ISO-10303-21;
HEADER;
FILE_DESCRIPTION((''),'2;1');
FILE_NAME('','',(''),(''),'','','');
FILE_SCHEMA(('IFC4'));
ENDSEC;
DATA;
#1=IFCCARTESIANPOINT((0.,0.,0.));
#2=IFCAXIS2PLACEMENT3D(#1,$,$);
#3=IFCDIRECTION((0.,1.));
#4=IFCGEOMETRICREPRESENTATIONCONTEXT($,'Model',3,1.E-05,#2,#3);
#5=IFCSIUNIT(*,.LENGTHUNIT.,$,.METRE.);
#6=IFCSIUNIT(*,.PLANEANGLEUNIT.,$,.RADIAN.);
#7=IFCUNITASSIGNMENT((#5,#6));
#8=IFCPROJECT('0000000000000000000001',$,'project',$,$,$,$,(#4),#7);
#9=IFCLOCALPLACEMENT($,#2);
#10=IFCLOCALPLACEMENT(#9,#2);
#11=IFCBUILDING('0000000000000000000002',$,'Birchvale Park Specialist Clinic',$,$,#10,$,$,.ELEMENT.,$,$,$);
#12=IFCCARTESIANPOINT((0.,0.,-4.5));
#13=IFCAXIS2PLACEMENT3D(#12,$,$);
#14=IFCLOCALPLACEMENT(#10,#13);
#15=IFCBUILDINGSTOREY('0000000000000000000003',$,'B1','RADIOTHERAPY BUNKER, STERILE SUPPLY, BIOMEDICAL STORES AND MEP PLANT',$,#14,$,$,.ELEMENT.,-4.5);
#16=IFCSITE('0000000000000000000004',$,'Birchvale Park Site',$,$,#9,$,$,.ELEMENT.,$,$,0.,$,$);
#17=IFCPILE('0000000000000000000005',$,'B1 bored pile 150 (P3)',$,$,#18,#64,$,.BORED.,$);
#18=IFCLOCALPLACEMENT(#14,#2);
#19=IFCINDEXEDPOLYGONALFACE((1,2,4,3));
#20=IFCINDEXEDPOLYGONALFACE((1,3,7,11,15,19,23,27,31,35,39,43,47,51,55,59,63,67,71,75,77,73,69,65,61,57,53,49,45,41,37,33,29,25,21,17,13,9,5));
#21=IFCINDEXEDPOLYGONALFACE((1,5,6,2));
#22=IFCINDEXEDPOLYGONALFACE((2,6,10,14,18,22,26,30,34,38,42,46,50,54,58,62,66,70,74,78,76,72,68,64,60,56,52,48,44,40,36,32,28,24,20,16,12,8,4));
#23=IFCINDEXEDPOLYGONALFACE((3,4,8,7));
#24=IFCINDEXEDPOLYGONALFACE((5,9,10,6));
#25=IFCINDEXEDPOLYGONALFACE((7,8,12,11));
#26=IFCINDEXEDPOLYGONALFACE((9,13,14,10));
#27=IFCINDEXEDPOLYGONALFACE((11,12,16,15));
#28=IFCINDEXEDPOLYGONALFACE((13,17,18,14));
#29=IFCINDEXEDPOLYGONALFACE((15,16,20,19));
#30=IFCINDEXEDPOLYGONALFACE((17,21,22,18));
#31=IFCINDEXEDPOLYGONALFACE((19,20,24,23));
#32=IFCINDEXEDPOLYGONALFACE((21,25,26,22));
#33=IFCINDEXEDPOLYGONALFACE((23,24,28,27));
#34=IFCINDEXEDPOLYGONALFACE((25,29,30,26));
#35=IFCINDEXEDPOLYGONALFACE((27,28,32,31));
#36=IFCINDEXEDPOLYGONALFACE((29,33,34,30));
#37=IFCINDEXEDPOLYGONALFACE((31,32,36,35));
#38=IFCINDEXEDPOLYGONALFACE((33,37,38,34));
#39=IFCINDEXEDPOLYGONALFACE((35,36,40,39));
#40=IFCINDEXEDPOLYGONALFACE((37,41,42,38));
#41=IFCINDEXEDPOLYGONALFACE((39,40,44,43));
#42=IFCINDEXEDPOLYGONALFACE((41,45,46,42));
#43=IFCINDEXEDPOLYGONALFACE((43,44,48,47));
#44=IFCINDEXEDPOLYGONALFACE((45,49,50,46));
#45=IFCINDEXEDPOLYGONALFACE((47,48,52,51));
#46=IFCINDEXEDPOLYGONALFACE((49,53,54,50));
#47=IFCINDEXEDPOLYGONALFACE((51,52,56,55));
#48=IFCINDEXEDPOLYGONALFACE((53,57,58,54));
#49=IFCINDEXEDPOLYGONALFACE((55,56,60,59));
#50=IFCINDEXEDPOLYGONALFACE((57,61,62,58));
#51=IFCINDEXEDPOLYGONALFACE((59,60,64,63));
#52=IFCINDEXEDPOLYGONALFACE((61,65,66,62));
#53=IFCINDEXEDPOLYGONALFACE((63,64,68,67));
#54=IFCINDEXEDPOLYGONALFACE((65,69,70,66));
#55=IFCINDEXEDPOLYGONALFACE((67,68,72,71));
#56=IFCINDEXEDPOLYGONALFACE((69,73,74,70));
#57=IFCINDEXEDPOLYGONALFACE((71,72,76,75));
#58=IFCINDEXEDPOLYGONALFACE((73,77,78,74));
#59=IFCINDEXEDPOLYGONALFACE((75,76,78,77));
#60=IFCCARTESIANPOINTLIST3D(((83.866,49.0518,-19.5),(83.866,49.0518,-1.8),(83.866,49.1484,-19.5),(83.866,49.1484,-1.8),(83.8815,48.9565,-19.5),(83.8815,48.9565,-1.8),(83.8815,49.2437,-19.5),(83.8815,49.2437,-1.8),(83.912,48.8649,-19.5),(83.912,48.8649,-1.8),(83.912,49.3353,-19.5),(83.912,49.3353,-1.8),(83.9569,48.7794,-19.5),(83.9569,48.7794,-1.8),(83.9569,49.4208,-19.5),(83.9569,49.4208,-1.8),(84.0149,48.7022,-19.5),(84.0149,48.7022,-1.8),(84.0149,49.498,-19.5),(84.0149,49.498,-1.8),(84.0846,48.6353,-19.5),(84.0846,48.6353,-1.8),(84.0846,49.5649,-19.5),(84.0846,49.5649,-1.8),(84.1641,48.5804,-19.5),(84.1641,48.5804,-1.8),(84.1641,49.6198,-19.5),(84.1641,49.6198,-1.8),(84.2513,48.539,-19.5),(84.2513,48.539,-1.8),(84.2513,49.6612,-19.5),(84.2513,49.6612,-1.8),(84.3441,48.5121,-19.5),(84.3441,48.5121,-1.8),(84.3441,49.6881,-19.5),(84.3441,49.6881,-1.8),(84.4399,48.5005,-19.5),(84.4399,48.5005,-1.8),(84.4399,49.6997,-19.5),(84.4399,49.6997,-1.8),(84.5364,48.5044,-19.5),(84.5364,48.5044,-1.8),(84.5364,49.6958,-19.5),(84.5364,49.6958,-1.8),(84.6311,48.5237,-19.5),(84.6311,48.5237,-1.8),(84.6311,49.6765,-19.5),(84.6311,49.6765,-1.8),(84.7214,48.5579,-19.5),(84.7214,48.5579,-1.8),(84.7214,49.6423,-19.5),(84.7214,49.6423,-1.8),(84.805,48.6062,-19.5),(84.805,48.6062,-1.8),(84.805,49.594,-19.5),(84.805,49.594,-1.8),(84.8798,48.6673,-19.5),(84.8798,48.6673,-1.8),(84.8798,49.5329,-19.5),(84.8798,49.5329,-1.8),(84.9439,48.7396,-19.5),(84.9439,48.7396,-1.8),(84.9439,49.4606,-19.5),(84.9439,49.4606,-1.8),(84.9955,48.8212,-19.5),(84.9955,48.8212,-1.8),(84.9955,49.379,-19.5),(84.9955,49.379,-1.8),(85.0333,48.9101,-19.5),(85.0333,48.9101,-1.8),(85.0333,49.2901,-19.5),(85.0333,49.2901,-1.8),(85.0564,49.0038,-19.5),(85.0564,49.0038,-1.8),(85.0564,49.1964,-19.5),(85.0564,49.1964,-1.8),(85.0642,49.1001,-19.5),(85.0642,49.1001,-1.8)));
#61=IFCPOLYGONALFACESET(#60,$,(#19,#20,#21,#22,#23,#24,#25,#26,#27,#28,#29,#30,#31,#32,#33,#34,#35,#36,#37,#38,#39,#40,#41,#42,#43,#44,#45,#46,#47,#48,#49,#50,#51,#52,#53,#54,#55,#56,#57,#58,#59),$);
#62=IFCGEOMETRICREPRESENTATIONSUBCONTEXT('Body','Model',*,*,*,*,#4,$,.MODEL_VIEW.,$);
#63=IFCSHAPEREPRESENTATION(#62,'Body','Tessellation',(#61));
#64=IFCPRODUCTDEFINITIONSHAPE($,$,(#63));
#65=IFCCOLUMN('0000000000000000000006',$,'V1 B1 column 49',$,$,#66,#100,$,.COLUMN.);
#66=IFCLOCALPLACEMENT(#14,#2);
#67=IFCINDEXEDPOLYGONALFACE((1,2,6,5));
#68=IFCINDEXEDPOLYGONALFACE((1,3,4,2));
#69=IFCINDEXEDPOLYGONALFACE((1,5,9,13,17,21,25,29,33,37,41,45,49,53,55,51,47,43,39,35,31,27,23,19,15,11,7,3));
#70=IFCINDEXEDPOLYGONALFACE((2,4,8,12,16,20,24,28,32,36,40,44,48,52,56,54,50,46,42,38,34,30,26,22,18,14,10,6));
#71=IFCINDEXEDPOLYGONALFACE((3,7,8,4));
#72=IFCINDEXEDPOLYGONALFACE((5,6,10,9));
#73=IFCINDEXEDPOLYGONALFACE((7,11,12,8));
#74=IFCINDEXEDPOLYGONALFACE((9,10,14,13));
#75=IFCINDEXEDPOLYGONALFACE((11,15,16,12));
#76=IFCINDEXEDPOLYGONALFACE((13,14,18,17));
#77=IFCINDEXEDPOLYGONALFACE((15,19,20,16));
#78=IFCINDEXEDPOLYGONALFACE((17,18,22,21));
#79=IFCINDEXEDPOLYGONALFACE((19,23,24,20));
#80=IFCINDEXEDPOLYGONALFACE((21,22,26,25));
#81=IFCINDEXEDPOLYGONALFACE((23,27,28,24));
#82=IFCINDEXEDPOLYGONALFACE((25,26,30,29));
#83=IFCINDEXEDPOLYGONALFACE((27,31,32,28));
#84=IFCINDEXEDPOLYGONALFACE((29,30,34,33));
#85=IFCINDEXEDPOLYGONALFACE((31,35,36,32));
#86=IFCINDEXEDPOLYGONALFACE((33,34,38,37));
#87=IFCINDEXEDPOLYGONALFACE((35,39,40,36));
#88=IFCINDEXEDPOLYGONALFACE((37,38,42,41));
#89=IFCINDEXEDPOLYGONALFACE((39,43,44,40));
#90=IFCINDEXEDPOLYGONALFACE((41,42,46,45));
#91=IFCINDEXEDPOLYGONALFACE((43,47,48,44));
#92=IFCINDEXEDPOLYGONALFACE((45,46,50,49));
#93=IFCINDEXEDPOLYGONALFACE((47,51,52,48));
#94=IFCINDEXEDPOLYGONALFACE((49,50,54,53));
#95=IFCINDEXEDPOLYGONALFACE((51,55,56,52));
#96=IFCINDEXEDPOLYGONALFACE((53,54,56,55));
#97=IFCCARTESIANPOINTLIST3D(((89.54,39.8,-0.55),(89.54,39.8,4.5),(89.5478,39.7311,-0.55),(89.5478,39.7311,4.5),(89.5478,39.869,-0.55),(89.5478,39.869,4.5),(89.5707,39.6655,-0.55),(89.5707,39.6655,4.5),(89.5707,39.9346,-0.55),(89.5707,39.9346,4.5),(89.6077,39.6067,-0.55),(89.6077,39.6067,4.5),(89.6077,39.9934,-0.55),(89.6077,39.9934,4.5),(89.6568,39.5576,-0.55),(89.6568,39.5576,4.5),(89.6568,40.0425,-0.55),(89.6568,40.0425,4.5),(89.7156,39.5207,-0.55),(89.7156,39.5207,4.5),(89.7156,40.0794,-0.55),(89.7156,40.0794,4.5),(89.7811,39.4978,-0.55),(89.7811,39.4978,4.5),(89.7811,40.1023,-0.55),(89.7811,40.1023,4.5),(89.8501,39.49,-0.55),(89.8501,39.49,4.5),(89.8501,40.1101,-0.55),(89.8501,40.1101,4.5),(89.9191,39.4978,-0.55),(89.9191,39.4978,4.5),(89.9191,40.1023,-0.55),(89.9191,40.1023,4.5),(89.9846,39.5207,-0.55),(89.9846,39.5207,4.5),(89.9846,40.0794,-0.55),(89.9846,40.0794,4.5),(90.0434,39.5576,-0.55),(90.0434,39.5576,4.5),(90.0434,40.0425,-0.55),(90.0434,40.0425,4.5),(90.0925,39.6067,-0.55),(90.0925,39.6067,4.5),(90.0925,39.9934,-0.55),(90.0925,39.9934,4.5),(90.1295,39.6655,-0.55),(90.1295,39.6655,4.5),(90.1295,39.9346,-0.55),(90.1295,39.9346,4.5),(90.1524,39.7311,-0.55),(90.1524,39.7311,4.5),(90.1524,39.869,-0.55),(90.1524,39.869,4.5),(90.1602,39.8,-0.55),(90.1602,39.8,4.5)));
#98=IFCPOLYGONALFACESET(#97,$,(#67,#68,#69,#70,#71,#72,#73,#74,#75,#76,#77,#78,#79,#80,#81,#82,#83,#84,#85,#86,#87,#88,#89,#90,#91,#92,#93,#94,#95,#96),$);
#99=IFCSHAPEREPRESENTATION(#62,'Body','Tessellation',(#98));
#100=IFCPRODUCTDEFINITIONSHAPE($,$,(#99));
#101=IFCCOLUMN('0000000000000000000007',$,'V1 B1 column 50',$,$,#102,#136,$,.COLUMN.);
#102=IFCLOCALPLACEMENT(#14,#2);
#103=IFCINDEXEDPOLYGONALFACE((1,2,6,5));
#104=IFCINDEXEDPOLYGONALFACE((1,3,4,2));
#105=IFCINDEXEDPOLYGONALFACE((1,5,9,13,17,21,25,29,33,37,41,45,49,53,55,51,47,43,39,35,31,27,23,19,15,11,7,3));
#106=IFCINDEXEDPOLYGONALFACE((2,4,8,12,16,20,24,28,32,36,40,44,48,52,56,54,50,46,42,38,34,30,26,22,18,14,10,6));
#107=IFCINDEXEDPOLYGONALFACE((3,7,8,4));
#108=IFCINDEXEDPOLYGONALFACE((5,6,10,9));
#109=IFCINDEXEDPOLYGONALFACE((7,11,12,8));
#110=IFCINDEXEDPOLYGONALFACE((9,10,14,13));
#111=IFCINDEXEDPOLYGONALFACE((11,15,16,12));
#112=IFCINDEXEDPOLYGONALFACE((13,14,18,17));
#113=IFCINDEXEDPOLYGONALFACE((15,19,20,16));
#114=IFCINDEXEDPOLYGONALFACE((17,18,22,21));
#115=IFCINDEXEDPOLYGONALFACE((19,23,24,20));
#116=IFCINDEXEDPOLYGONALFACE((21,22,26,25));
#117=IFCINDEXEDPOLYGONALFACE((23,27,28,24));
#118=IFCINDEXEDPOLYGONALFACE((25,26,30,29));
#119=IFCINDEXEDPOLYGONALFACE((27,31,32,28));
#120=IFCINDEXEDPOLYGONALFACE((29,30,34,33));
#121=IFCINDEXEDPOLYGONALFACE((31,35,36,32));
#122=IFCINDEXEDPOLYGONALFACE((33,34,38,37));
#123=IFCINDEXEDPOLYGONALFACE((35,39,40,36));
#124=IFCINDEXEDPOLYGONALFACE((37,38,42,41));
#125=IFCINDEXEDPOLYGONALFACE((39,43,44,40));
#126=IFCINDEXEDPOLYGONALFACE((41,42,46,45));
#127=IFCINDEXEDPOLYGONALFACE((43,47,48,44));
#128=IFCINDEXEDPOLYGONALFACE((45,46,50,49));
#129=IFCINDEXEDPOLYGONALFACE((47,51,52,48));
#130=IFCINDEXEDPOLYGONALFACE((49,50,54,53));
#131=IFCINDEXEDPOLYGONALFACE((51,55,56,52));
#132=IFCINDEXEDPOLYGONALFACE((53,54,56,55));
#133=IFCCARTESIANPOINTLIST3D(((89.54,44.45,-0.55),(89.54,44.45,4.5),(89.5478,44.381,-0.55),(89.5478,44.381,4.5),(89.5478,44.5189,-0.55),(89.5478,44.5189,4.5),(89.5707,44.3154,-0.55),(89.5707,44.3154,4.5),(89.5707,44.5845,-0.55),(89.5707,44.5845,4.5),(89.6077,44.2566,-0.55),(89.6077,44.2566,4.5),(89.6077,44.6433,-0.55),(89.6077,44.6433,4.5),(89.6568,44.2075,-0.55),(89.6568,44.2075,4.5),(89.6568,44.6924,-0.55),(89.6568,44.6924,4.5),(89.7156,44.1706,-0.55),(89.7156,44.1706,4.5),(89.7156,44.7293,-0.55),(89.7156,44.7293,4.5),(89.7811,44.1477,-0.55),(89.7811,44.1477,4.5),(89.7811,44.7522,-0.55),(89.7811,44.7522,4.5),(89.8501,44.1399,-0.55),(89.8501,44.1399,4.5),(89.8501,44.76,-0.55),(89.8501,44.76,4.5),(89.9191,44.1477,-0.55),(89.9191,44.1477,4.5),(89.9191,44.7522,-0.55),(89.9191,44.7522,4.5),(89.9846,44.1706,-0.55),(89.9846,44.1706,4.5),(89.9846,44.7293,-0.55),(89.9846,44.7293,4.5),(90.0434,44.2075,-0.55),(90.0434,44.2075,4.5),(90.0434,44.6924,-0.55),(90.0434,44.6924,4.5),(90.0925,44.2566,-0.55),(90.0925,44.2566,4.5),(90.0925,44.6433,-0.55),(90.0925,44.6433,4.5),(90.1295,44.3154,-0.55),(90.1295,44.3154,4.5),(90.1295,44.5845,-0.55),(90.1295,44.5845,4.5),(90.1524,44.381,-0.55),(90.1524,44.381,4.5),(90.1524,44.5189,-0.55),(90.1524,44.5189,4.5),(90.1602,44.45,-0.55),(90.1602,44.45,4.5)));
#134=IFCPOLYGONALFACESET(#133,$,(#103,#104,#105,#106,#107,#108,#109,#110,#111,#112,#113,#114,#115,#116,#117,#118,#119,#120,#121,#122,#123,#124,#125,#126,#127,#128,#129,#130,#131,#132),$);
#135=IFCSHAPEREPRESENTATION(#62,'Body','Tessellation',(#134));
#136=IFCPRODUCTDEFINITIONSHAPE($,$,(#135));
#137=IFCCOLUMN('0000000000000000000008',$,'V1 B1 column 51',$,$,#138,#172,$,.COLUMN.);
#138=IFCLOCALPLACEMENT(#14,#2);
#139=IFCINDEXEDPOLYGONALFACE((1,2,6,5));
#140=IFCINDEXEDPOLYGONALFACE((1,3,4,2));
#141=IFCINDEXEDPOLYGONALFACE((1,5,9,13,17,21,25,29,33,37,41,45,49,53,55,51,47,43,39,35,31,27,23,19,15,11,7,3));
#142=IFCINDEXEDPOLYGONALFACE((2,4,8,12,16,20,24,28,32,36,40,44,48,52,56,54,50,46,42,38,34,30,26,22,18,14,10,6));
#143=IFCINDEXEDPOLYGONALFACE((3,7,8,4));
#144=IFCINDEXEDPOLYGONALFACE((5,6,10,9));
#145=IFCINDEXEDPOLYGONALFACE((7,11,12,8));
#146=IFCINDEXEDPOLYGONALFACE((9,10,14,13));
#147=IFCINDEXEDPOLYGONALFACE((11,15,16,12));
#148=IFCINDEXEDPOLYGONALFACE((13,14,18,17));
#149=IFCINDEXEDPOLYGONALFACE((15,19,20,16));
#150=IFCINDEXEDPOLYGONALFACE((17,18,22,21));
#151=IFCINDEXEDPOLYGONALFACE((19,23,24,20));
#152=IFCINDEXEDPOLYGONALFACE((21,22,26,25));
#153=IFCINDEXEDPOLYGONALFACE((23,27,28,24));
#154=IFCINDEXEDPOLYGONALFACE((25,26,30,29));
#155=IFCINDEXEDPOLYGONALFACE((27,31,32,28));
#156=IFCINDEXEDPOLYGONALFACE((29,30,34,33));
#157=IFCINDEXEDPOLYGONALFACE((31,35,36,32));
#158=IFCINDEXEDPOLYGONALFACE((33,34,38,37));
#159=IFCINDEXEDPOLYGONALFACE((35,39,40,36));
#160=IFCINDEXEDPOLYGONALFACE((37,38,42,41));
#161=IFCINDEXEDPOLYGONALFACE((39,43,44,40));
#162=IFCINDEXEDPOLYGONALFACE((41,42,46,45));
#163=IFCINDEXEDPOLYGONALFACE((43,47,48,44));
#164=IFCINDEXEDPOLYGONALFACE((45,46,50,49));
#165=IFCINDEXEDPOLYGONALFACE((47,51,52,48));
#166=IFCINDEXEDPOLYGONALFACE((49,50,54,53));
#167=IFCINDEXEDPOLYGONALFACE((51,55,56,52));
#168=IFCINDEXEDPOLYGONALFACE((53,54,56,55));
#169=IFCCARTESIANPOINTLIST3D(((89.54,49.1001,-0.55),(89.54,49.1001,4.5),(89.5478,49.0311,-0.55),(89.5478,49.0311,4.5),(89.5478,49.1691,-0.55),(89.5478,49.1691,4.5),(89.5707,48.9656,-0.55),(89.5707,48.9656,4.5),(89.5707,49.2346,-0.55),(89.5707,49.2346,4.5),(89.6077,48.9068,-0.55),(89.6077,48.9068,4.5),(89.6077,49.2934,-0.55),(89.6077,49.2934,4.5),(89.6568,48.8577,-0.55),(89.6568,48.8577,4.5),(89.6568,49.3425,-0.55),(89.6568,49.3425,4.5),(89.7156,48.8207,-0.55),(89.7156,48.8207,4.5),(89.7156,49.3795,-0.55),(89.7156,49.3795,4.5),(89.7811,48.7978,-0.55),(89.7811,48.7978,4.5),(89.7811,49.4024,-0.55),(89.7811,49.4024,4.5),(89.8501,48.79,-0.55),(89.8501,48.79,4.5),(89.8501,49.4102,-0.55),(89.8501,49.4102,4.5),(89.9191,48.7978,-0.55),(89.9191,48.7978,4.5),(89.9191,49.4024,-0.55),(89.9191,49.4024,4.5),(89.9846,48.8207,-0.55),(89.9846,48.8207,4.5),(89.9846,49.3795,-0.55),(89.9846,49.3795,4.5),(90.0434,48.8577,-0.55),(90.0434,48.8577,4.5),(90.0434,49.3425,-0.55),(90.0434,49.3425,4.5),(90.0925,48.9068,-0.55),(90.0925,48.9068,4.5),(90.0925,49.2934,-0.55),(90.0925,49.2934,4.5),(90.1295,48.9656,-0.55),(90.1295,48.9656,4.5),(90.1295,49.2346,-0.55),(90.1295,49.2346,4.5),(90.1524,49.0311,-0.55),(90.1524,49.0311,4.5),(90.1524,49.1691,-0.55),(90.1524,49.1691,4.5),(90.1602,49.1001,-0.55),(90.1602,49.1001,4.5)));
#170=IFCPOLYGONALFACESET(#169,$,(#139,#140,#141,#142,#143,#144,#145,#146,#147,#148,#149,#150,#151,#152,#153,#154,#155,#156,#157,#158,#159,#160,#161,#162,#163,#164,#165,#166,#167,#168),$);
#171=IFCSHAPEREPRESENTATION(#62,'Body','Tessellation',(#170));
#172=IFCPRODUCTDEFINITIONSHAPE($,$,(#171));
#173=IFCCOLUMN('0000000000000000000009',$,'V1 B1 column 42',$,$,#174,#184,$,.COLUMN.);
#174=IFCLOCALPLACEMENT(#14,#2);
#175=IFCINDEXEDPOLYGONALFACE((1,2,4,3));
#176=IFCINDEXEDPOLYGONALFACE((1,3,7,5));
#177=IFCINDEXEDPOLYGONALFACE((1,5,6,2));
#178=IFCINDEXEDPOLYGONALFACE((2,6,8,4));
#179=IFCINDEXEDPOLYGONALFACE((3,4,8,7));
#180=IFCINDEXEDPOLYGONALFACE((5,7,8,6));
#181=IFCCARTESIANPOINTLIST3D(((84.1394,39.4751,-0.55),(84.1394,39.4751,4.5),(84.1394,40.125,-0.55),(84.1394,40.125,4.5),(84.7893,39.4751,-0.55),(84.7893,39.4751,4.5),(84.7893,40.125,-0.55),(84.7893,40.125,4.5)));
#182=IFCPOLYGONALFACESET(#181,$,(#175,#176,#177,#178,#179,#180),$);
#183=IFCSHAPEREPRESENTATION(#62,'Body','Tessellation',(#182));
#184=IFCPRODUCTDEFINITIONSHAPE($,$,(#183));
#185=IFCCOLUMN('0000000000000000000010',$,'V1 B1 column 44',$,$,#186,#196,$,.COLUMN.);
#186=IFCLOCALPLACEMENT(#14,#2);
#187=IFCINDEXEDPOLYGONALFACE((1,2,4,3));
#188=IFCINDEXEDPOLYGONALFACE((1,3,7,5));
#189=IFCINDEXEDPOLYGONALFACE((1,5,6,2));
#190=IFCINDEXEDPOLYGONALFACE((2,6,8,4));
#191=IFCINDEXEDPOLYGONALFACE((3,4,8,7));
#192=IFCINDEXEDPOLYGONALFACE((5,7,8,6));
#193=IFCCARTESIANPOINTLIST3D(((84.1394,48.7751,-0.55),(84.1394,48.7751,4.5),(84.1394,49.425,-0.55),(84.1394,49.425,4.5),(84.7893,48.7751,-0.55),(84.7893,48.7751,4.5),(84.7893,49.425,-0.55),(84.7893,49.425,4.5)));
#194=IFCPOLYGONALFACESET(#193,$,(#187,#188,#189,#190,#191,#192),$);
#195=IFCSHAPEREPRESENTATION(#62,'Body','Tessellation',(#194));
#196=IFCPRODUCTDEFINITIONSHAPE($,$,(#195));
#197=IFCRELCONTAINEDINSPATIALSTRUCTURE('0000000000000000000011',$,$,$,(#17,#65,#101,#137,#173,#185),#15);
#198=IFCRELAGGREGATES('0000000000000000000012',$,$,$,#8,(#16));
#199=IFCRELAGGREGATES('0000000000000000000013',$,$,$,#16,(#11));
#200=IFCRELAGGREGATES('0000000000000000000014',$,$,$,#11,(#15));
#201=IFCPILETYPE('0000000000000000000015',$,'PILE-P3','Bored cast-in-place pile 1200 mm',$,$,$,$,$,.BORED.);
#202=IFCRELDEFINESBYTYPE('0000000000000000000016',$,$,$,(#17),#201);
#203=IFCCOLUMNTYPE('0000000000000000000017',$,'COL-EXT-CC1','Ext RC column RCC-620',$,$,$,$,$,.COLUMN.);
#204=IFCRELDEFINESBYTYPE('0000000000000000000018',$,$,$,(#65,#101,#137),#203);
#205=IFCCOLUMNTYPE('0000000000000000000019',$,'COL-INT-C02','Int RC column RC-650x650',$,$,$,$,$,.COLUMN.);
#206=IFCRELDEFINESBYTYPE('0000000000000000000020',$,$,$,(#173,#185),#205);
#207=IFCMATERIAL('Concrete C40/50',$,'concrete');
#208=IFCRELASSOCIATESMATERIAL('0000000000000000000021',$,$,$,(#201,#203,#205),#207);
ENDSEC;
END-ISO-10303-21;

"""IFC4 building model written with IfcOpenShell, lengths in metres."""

from ifc_helpers import new_model, si_unit, direction, frame, origin, origin_2d, place, context, subcontext, project, spatial, rectangle, circle, extrude, material, material_profile, profile_set, type_object, element, save


model = new_model("IFC4")

# Units and contexts
model_context = context("Model", 3, precision=1e-05, world=origin(), true_north=direction((0.0, 1.0)))
body_context = subcontext(model_context, "Body", "Model", "MODEL_VIEW")
ifc_project = project(units=[si_unit("LENGTHUNIT", "METRE"), si_unit("PLANEANGLEUNIT", "RADIAN")], contexts=[model_context])

# Site, building, storey
site_placement = place(None, origin())
site = spatial("IfcSite", under=ifc_project, at=site_placement, Name="Birchvale Park Site", CompositionType="ELEMENT", RefElevation=0.0)
building_placement = place(site_placement, origin())
building = spatial("IfcBuilding", under=site, at=building_placement, Name="Birchvale Park Specialist Clinic", CompositionType="ELEMENT")
storey_placement = place(building_placement, frame((0.0, 0.0, -4.5)))
storey = spatial("IfcBuildingStorey", under=building, at=storey_placement, Name="B1", Description="RADIOTHERAPY BUNKER, STERILE SUPPLY, BIOMEDICAL STORES AND MEP PLANT", CompositionType="ELEMENT", Elevation=-4.5)

# Shared definitions
ifc_material = material(Name="Concrete C40/50", Category="concrete")

# Pile
ifc_material_profile_1 = material_profile(ifc_material, circle(Radius=0.6001, at=origin_2d()), Name="PILE-1200")
ifc_profile_set_1 = profile_set([ifc_material_profile_1], Name="Concrete C40/50")
pile_type_1 = type_object("IfcPileType", Name="PILE-P3", Description="Bored cast-in-place pile 1200 mm", PredefinedType="BORED", material=ifc_profile_set_1)
for number, where, z_axis, x_axis, name in (
    (1, (84.4641, 49.1001, -1.8), (0.0, 0.0, -1.0), (1.0, 0.0, 0.0), "B1 bored pile 150 (P3)"),
):
    element("IfcPile", number, at=place(storey_placement, frame(where, z_axis=z_axis, x_axis=x_axis)), inside=storey, type_object=pile_type_1, Name=name, PredefinedType="BORED", context=body_context, shape_type="SweptSolid", body=[
        extrude(circle(Radius=0.6001, at=origin_2d()), origin(), (0.0, 0.0, 1.0), 17.7),
    ])

# Columns
ifc_material_profile_2 = material_profile(ifc_material, circle(Radius=0.3101, at=origin_2d()), Name="RCC-620")
ifc_profile_set_2 = profile_set([ifc_material_profile_2], Name="Concrete C40/50")
column_type_1 = type_object("IfcColumnType", Name="COL-EXT-CC1", Description="Ext RC column RCC-620", PredefinedType="COLUMN", material=ifc_profile_set_2)
for number, where, z_axis, x_axis, name in (
    (2, (89.8501, 39.8, -0.55), (0.0, 0.0, 1.0), (1.0, 0.0, 0.0), "V1 B1 column 49"),
    (3, (89.8501, 44.45, -0.55), (0.0, 0.0, 1.0), (1.0, 0.0, 0.0), "V1 B1 column 50"),
    (4, (89.8501, 49.1001, -0.55), (0.0, 0.0, 1.0), (1.0, 0.0, 0.0), "V1 B1 column 51"),
):
    element("IfcColumn", number, at=place(storey_placement, frame(where, z_axis=z_axis, x_axis=x_axis)), inside=storey, type_object=column_type_1, Name=name, PredefinedType="COLUMN", context=body_context, shape_type="SweptSolid", body=[
        extrude(circle(Radius=0.3101, at=origin_2d()), origin(), (0.0, 0.0, 1.0), 5.05),
    ])
ifc_material_profile_3 = material_profile(ifc_material, rectangle(XDim=0.6499, YDim=0.6499, at=origin_2d()), Name="RC-650x650")
ifc_profile_set_3 = profile_set([ifc_material_profile_3], Name="Concrete C40/50")
column_type_2 = type_object("IfcColumnType", Name="COL-INT-C02", Description="Int RC column RC-650x650", PredefinedType="COLUMN", material=ifc_profile_set_3)
for number, where, z_axis, x_axis, name in (
    (5, (84.4644, 39.8, -0.55), (0.0, 0.0, 1.0), (1.0, 0.0, 0.0), "V1 B1 column 42"),
    (6, (84.4644, 49.1001, -0.55), (0.0, 0.0, 1.0), (1.0, 0.0, 0.0), "V1 B1 column 44"),
):
    element("IfcColumn", number, at=place(storey_placement, frame(where, z_axis=z_axis, x_axis=x_axis)), inside=storey, type_object=column_type_2, Name=name, PredefinedType="COLUMN", context=body_context, shape_type="SweptSolid", body=[
        extrude(rectangle(XDim=0.6499, YDim=0.6499, at=origin_2d()), origin(), (0.0, 0.0, 1.0), 5.05),
    ])

save(model, "model.ifc")
